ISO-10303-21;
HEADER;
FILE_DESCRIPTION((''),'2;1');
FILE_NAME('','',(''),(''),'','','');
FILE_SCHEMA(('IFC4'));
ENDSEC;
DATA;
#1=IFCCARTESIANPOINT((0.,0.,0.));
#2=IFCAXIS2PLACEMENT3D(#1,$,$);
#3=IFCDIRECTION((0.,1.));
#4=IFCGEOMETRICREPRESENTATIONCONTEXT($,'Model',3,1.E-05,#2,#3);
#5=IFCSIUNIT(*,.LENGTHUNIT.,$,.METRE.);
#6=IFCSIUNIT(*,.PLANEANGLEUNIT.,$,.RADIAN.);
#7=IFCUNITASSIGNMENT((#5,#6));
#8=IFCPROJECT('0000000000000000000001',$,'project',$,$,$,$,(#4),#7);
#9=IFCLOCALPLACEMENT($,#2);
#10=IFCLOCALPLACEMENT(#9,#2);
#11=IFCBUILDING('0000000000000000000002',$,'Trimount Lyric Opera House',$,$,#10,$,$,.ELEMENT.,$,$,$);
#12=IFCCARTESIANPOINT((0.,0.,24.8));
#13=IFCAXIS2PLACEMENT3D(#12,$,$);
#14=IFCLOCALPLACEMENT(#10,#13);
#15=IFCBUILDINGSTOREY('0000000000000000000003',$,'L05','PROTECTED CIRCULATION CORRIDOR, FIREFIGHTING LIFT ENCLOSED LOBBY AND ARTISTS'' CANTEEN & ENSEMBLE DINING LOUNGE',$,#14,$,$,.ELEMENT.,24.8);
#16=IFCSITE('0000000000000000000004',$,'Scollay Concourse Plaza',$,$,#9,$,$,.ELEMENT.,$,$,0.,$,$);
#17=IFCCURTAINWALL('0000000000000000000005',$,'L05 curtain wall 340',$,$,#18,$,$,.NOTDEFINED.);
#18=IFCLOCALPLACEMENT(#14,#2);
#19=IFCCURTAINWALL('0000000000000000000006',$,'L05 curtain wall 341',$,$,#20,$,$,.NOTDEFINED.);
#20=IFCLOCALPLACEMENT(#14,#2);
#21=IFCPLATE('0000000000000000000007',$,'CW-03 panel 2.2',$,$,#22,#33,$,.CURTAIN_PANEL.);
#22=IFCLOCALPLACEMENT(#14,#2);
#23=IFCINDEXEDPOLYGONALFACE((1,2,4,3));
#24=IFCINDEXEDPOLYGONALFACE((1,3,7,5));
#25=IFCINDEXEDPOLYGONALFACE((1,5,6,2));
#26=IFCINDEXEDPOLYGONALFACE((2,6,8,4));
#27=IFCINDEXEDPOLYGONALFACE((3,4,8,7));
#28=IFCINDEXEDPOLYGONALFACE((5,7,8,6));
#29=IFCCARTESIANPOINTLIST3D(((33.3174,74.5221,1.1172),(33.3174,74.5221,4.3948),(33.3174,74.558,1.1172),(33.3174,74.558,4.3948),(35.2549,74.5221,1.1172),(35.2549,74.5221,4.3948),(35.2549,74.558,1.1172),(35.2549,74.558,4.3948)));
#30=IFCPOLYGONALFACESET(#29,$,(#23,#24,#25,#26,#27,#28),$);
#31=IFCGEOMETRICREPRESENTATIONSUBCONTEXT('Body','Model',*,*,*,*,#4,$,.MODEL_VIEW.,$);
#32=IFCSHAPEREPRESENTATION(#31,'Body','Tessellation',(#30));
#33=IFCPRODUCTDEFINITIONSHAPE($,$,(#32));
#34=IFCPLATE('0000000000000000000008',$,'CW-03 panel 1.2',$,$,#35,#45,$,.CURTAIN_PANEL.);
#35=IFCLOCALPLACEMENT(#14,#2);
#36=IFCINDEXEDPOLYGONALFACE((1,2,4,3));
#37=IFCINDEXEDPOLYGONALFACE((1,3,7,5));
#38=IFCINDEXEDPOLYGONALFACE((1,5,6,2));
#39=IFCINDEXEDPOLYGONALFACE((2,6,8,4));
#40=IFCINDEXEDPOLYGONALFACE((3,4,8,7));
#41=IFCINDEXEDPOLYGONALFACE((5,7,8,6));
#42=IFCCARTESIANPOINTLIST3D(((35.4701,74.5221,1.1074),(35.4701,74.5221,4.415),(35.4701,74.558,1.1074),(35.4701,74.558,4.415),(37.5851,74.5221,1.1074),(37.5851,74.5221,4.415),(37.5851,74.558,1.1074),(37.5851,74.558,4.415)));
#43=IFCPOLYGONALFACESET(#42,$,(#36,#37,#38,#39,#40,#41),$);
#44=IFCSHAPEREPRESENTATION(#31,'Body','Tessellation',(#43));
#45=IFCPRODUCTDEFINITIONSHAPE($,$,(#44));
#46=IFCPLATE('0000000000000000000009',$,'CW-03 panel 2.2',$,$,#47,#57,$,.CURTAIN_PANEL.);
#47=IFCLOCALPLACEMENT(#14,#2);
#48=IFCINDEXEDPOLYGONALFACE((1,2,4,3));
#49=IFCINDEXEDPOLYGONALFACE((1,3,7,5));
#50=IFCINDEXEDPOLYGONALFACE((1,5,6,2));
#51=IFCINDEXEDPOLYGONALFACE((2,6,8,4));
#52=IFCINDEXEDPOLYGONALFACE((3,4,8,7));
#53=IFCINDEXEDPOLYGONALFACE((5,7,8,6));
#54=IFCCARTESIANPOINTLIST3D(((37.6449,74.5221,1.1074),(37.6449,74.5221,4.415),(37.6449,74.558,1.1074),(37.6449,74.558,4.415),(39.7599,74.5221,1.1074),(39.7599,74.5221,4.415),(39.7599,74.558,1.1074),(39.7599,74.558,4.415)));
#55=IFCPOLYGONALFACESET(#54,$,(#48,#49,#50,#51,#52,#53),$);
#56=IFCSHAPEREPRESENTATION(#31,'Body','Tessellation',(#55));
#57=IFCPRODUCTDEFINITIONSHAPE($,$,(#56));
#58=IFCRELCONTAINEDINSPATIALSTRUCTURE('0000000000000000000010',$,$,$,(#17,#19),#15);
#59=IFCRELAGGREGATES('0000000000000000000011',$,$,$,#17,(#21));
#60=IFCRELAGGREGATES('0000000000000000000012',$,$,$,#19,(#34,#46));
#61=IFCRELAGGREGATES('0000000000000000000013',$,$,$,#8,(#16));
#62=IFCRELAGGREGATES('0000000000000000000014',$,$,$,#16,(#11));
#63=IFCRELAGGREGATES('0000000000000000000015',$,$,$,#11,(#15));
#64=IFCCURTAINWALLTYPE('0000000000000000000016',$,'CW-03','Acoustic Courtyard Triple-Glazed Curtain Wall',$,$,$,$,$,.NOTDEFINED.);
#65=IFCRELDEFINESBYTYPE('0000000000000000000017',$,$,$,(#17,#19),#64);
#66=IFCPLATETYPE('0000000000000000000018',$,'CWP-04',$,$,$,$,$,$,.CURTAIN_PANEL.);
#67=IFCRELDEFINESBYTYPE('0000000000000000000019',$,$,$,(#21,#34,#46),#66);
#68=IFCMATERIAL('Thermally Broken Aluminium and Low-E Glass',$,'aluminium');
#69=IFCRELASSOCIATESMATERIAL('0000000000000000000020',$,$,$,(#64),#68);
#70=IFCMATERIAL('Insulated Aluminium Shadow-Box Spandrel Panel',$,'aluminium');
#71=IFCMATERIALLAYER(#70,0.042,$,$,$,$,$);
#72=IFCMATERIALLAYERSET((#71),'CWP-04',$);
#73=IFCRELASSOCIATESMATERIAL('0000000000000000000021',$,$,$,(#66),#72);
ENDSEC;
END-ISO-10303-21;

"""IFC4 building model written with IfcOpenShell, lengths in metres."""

from ifc_helpers import new_model, si_unit, direction, frame, origin, origin_2d, place, context, subcontext, project, spatial, rectangle, extrude, material, layer, layer_set, type_object, element, aggregate, save


model = new_model("IFC4")

# Units and contexts
model_context = context("Model", 3, precision=1e-05, world=origin(), true_north=direction((0.0, 1.0)))
body_context = subcontext(model_context, "Body", "Model", "MODEL_VIEW")
ifc_project = project(units=[si_unit("LENGTHUNIT", "METRE"), si_unit("PLANEANGLEUNIT", "RADIAN")], contexts=[model_context])

# Site, building, storey
site_placement = place(None, origin())
site = spatial("IfcSite", under=ifc_project, at=site_placement, Name="Scollay Concourse Plaza", CompositionType="ELEMENT", RefElevation=0.0)
building_placement = place(site_placement, origin())
building = spatial("IfcBuilding", under=site, at=building_placement, Name="Trimount Lyric Opera House", CompositionType="ELEMENT")
storey_placement = place(building_placement, frame((0.0, 0.0, 24.8)))
storey = spatial("IfcBuildingStorey", under=building, at=storey_placement, Name="L05", Description="PROTECTED CIRCULATION CORRIDOR, FIREFIGHTING LIFT ENCLOSED LOBBY AND ARTISTS' CANTEEN & ENSEMBLE DINING LOUNGE", CompositionType="ELEMENT", Elevation=24.8)

# Shared definitions
ifc_material_1 = material(Name="Thermally Broken Aluminium and Low-E Glass", Category="aluminium")
curtain_wall_type = type_object("IfcCurtainWallType", Name="CW-03", Description="Acoustic Courtyard Triple-Glazed Curtain Wall", PredefinedType="NOTDEFINED", material=ifc_material_1)

# Curtain walls
curtain_wall_1_placement = place(storey_placement, origin())
curtain_wall_1 = element("IfcCurtainWall", 1, at=curtain_wall_1_placement, inside=storey, type_object=curtain_wall_type, Name="L05 curtain wall 340", PredefinedType="NOTDEFINED")
curtain_wall_2_placement = place(storey_placement, origin())
curtain_wall_2 = element("IfcCurtainWall", 2, at=curtain_wall_2_placement, inside=storey, type_object=curtain_wall_type, Name="L05 curtain wall 341", PredefinedType="NOTDEFINED")

# Plates
ifc_material_2 = material(Name="Insulated Aluminium Shadow-Box Spandrel Panel", Category="aluminium")
ifc_layer_1 = layer(ifc_material_2, 0.042)
ifc_layer_set_1 = layer_set([ifc_layer_1], Name="CWP-04")
plate_type_1 = type_object("IfcPlateType", Name="CWP-04", PredefinedType="CURTAIN_PANEL", material=ifc_layer_set_1)
plate_1_placement = place(storey_placement, frame((34.2861, 74.54, 1.1172), z_axis=(0.0, 0.0, 1.0), x_axis=(1.0, 0.0, 0.0)))
plate_1 = element("IfcPlate", 3, at=plate_1_placement, type_object=plate_type_1, Name="CW-03 panel 2.2", PredefinedType="CURTAIN_PANEL", context=body_context, shape_type="SweptSolid", body=[
    extrude(rectangle(XDim=1.9375, YDim=0.0359, at=origin_2d()), origin(), (0.0, 0.0, 1.0), 3.2776),
])
aggregate(curtain_wall_1, [plate_1])
plate_2_placement = place(storey_placement, frame((36.5276, 74.54, 1.1074), z_axis=(0.0, 0.0, 1.0), x_axis=(1.0, 0.0, 0.0)))
plate_2 = element("IfcPlate", 4, at=plate_2_placement, type_object=plate_type_1, Name="CW-03 panel 1.2", PredefinedType="CURTAIN_PANEL", context=body_context, shape_type="SweptSolid", body=[
    extrude(rectangle(XDim=2.115, YDim=0.0359, at=origin_2d()), origin(), (0.0, 0.0, 1.0), 3.3076),
])
plate_3_placement = place(storey_placement, frame((38.7024, 74.54, 1.1074), z_axis=(0.0, 0.0, 1.0), x_axis=(1.0, 0.0, 0.0)))
plate_3 = element("IfcPlate", 5, at=plate_3_placement, type_object=plate_type_1, Name="CW-03 panel 2.2", PredefinedType="CURTAIN_PANEL", context=body_context, shape_type="SweptSolid", body=[
    extrude(rectangle(XDim=2.115, YDim=0.0359, at=origin_2d()), origin(), (0.0, 0.0, 1.0), 3.3076),
])
aggregate(curtain_wall_2, [plate_2, plate_3])

save(model, "model.ifc")
